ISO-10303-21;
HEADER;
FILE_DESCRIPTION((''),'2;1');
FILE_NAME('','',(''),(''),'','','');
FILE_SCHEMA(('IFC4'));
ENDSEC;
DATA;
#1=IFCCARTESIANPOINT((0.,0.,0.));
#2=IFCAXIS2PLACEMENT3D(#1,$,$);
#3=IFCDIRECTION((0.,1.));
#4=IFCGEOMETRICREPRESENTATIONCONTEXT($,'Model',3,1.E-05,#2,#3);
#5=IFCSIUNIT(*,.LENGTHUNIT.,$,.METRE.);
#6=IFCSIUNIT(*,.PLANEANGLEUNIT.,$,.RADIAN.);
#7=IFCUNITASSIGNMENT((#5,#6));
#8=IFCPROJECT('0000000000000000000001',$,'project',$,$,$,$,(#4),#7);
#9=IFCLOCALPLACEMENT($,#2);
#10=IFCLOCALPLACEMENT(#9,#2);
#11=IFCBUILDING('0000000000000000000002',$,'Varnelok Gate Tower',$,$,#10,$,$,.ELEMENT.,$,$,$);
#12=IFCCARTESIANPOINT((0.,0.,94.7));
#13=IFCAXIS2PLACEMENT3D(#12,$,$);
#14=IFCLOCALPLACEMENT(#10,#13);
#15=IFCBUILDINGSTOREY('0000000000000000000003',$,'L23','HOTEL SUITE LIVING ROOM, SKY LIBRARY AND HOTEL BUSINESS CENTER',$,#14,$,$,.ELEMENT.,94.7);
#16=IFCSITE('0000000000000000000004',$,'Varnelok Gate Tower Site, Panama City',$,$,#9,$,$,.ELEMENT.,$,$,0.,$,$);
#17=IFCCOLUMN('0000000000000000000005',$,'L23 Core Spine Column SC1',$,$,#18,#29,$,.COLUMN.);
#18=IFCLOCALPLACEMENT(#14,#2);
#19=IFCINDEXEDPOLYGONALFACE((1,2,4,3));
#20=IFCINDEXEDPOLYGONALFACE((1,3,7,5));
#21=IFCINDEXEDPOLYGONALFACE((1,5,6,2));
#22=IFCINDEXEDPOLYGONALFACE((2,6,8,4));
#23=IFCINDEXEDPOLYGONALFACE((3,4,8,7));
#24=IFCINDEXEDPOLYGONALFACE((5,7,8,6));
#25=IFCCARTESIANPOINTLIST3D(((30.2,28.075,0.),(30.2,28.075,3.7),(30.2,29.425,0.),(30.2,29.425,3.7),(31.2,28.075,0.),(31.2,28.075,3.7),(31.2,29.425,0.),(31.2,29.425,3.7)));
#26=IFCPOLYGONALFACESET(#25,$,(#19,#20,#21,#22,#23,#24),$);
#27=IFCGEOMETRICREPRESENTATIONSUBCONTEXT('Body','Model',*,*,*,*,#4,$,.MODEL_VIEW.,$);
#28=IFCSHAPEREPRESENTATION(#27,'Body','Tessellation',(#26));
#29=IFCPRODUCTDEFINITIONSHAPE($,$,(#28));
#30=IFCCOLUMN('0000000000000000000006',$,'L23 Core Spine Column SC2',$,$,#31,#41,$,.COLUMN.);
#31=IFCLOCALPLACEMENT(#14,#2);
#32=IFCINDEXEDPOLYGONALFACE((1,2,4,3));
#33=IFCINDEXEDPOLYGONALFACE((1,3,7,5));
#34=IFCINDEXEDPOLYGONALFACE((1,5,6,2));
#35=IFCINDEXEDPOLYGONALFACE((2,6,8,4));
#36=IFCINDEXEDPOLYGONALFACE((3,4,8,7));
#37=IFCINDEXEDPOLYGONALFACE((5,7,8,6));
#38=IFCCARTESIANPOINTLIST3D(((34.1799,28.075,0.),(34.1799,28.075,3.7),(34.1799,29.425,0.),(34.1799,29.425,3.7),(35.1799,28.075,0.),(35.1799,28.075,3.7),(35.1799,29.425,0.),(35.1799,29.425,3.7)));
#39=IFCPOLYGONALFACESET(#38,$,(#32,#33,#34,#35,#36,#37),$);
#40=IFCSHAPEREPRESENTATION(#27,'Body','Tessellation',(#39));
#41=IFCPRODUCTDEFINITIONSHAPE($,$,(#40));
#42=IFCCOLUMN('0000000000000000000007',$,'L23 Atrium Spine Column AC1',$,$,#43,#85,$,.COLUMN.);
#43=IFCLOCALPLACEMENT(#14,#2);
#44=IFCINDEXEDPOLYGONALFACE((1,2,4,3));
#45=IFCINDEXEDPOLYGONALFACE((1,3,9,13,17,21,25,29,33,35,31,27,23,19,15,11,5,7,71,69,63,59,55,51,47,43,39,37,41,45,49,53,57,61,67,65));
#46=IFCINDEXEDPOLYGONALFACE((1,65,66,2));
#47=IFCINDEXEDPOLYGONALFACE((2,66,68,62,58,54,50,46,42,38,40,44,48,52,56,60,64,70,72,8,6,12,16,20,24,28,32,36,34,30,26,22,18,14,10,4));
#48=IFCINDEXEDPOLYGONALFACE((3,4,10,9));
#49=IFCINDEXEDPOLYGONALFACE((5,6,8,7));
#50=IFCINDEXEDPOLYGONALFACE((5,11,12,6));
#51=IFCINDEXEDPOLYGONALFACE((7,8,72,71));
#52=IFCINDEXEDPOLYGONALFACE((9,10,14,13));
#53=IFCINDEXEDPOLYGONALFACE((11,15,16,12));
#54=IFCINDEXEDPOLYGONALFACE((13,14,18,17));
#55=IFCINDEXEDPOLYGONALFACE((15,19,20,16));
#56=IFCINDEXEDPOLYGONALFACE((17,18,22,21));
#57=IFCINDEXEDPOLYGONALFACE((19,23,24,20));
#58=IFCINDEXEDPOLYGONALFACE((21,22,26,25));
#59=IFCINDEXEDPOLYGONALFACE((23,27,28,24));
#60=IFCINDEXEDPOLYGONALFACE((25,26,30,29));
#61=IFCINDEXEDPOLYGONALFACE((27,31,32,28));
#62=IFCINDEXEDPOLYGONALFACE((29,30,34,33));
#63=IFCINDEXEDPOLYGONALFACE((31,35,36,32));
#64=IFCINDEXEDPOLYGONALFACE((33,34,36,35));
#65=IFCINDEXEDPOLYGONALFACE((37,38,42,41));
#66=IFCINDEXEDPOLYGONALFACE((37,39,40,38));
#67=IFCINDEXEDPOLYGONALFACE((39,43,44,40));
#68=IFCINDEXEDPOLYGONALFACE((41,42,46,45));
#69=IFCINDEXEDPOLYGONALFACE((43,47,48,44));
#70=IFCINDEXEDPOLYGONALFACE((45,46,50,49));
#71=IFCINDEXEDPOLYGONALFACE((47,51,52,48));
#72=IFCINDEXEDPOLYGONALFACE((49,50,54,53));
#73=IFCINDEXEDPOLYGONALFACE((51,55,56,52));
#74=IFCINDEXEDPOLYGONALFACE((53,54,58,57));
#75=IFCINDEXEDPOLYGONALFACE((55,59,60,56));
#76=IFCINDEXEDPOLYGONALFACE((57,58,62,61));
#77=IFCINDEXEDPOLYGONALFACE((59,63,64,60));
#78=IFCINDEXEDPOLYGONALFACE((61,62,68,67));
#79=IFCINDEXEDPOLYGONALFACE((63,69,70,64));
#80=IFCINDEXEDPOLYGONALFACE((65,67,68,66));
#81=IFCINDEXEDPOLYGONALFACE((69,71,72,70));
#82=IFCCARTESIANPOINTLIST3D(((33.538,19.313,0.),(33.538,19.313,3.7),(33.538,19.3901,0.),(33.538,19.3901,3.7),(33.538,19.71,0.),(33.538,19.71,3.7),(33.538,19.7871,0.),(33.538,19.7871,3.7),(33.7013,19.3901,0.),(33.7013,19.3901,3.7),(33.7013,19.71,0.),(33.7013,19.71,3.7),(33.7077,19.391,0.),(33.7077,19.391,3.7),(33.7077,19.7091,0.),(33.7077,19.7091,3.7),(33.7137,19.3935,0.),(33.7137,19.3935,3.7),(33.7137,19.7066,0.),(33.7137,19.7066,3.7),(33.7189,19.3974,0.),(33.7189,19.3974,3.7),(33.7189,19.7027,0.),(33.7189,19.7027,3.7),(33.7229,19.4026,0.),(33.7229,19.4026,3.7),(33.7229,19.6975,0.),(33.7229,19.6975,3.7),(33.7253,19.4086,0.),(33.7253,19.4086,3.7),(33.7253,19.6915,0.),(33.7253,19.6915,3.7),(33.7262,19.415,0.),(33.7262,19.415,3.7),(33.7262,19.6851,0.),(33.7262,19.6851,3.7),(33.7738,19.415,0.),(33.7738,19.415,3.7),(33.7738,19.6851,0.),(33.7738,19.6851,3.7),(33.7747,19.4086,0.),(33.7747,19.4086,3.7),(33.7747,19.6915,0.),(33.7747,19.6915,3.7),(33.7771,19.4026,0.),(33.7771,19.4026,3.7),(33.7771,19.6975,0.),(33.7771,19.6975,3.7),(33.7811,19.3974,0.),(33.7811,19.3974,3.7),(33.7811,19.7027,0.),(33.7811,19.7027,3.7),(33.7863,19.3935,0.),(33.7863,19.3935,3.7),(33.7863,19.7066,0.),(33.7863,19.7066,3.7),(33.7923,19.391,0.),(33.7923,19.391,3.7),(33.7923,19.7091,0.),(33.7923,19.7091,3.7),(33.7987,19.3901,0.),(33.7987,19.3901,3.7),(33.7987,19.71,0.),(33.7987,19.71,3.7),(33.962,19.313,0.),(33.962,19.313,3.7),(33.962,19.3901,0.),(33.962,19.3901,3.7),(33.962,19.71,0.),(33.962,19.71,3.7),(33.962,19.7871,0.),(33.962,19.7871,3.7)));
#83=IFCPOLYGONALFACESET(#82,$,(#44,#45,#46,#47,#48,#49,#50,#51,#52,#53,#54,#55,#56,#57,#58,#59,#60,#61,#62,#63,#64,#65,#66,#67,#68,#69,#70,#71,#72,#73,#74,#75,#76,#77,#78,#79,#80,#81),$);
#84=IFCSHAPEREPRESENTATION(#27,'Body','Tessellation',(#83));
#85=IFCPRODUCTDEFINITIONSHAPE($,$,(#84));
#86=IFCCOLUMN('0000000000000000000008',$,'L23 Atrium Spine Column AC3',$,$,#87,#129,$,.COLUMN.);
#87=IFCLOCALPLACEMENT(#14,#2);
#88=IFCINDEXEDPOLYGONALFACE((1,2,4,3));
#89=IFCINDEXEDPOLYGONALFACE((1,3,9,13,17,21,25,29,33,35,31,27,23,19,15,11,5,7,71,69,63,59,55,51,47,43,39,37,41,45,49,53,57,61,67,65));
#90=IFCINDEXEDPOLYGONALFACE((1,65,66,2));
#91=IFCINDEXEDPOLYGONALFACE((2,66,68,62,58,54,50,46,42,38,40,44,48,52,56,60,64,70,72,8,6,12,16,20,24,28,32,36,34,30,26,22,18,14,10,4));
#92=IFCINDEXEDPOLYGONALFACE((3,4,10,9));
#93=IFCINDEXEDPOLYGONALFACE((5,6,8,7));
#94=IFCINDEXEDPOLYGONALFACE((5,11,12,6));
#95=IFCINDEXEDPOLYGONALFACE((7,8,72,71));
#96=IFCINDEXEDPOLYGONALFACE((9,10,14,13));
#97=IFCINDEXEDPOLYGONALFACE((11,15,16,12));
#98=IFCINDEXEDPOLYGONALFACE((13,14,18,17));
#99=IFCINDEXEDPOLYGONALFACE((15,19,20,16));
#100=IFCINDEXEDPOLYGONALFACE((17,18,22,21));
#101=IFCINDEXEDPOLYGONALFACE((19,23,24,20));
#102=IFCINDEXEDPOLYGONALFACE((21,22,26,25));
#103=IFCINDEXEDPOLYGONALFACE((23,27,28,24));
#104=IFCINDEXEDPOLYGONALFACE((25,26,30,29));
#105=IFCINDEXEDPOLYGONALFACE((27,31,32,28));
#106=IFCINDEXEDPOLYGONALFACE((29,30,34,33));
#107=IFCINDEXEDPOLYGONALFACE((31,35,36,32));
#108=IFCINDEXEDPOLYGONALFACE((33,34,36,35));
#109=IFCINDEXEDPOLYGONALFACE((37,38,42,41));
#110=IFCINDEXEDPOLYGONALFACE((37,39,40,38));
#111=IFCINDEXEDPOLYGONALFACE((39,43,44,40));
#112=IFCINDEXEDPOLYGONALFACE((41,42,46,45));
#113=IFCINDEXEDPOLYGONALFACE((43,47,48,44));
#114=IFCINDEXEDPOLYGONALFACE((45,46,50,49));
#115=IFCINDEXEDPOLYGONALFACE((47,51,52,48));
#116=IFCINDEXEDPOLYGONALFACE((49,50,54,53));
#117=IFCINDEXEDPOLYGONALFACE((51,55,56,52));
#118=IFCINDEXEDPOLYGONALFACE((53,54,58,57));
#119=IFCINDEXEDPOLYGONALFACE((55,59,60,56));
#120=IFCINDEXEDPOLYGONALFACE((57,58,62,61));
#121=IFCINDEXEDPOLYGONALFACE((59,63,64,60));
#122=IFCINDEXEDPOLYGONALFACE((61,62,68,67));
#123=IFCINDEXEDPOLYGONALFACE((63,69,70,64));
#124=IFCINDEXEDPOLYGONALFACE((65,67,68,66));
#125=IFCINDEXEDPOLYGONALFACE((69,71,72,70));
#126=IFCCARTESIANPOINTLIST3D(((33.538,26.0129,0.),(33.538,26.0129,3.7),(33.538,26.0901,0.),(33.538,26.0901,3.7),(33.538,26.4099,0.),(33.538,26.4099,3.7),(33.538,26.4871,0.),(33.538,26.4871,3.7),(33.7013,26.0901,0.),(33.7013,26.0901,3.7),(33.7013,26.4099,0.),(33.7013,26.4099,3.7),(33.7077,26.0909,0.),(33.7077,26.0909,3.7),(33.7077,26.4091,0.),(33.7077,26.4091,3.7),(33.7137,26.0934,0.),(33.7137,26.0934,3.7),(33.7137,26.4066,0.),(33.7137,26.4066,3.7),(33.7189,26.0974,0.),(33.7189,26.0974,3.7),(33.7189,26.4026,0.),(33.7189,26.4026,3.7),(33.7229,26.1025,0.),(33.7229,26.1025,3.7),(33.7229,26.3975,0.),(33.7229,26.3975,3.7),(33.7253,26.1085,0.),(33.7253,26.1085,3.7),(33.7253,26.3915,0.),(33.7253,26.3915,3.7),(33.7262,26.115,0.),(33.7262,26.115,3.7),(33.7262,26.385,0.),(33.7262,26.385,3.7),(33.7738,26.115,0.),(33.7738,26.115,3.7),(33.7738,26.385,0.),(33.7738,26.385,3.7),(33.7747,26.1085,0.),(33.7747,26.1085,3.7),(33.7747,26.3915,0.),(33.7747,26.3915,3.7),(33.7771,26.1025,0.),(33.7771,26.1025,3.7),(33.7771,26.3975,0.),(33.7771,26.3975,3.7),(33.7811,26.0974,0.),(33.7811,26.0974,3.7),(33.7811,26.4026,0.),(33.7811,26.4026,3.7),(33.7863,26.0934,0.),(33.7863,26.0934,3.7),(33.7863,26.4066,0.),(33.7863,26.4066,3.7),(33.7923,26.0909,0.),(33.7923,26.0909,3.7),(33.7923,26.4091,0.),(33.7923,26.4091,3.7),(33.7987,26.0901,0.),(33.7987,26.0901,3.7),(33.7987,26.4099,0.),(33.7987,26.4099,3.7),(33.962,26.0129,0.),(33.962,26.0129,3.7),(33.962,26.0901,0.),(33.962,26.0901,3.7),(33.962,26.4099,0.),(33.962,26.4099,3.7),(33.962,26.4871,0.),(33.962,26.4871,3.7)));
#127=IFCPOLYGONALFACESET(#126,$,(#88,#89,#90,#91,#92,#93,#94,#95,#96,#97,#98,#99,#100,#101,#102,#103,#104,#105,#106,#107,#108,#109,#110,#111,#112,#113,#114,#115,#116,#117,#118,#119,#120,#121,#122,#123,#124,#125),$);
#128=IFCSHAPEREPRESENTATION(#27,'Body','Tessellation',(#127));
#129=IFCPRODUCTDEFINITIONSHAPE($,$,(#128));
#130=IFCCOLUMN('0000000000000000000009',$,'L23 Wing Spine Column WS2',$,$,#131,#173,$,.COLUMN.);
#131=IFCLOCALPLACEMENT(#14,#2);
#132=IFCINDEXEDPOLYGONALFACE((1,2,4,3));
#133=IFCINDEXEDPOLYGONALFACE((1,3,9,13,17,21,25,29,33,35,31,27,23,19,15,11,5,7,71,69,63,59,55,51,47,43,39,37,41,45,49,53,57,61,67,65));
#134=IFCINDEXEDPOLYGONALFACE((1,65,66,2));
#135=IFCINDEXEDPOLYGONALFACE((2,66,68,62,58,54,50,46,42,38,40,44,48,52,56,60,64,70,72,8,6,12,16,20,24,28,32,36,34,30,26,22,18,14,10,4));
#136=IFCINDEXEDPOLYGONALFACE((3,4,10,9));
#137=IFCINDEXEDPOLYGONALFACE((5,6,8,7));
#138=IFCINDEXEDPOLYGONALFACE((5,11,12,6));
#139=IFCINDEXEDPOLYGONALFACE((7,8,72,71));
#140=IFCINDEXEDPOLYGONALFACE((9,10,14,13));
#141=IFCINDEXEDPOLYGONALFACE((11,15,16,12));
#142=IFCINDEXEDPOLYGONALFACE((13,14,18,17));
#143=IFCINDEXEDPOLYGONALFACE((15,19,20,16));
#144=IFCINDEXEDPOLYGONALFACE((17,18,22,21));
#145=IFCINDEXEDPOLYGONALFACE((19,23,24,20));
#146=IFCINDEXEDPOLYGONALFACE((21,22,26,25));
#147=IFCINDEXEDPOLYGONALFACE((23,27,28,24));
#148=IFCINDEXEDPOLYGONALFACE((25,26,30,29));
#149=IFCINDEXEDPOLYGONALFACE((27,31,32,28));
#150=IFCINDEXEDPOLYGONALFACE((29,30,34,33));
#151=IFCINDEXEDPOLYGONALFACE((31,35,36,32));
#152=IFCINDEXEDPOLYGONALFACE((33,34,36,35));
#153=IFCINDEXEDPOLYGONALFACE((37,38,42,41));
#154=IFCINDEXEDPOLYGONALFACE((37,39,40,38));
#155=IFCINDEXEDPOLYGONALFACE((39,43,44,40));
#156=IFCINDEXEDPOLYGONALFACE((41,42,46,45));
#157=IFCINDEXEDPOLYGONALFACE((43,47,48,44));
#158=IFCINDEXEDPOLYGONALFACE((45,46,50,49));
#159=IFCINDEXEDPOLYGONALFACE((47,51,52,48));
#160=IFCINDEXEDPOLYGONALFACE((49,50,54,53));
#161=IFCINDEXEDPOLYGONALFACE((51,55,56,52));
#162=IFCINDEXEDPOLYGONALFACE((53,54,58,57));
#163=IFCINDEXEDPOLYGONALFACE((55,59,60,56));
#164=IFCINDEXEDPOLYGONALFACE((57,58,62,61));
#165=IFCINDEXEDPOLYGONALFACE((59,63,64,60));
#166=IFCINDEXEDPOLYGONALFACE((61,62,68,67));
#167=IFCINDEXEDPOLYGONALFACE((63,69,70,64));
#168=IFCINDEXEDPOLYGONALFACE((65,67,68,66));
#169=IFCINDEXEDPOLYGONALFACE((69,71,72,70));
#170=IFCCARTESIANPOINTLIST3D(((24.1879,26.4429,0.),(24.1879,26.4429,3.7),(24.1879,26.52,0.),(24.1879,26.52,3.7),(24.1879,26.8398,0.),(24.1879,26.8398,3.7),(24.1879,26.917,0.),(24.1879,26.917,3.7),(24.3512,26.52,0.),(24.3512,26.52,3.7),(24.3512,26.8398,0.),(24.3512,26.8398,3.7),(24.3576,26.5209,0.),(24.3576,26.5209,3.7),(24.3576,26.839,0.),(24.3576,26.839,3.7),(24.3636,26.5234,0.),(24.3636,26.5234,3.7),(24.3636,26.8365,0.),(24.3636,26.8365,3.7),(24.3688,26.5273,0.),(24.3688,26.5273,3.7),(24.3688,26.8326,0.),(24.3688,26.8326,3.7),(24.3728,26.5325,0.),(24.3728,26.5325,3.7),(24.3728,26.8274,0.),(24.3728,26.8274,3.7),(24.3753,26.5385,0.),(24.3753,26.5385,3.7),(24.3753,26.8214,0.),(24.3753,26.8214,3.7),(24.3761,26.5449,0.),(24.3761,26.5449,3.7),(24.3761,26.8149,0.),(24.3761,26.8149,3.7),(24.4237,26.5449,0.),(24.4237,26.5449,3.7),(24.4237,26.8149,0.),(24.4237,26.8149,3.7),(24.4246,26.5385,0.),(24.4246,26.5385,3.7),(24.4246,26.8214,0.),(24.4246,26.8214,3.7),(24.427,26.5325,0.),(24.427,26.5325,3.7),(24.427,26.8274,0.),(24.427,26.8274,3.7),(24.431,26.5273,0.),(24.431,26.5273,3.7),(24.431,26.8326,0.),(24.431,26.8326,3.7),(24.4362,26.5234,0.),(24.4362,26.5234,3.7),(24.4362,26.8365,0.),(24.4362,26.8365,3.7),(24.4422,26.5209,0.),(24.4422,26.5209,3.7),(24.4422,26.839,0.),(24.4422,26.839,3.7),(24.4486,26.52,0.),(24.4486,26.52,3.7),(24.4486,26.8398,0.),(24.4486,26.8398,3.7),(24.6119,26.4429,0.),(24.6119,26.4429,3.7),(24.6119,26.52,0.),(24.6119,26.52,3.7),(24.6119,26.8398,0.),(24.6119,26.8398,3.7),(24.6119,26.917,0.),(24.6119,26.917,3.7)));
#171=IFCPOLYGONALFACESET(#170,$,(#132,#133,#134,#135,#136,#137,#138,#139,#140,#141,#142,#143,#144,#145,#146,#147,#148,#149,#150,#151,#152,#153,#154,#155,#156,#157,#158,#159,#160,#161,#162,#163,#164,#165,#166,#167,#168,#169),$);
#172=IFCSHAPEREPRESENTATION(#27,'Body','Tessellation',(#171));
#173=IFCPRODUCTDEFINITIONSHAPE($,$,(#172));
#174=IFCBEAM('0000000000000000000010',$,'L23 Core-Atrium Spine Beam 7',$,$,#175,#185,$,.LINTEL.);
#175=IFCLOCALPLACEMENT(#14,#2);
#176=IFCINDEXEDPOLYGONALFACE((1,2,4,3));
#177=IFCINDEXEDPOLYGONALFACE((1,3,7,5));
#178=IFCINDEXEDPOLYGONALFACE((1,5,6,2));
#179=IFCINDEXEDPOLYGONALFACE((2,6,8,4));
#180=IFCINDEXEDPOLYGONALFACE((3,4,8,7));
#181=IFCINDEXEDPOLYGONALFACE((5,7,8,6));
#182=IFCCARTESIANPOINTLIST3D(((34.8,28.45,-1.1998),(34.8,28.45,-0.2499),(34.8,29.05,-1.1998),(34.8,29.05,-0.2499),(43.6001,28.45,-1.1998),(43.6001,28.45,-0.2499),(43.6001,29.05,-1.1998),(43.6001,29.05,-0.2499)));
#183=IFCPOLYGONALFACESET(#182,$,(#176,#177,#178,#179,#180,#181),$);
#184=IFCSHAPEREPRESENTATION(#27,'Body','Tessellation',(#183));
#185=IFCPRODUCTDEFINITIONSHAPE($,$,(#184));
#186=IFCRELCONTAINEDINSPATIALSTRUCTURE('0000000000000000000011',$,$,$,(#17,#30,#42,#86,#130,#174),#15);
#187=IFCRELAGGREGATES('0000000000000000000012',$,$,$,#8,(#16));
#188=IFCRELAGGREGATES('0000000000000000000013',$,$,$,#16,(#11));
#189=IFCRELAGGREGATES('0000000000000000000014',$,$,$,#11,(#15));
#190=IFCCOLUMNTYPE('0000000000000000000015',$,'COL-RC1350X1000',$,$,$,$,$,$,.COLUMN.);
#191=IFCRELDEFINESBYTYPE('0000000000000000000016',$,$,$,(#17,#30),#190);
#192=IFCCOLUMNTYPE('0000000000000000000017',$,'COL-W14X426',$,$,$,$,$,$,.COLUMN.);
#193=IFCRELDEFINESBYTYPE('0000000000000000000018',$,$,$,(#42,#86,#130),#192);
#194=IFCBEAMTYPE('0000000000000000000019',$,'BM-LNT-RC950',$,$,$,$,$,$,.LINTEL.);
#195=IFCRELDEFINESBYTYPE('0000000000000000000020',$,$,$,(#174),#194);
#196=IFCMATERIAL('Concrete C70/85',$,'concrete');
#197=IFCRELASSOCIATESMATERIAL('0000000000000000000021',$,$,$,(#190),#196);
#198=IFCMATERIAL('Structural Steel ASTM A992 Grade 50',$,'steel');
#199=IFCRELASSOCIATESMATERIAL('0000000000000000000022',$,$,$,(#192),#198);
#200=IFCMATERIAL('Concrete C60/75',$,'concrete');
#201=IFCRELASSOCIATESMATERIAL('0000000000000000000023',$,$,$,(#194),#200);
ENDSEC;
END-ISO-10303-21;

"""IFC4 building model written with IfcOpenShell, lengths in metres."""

from ifc_helpers import new_model, si_unit, direction, frame, origin, origin_2d, place, context, subcontext, project, spatial, rectangle, i_section, extrude, material, material_profile, profile_set, type_object, element, save


model = new_model("IFC4")

# Units and contexts
model_context = context("Model", 3, precision=1e-05, world=origin(), true_north=direction((0.0, 1.0)))
body_context = subcontext(model_context, "Body", "Model", "MODEL_VIEW")
ifc_project = project(units=[si_unit("LENGTHUNIT", "METRE"), si_unit("PLANEANGLEUNIT", "RADIAN")], contexts=[model_context])

# Site, building, storey
site_placement = place(None, origin())
site = spatial("IfcSite", under=ifc_project, at=site_placement, Name="Varnelok Gate Tower Site, Panama City", CompositionType="ELEMENT", RefElevation=0.0)
building_placement = place(site_placement, origin())
building = spatial("IfcBuilding", under=site, at=building_placement, Name="Varnelok Gate Tower", CompositionType="ELEMENT")
storey_placement = place(building_placement, frame((0.0, 0.0, 94.7)))
storey = spatial("IfcBuildingStorey", under=building, at=storey_placement, Name="L23", Description="HOTEL SUITE LIVING ROOM, SKY LIBRARY AND HOTEL BUSINESS CENTER", CompositionType="ELEMENT", Elevation=94.7)

# Columns
ifc_material_1 = material(Name="Concrete C70/85", Category="concrete")
ifc_material_profile_1 = material_profile(ifc_material_1, rectangle(XDim=1.0, YDim=1.3501, at=origin_2d()), Name="RC1350X1000")
ifc_profile_set_1 = profile_set([ifc_material_profile_1], Name="Concrete C70/85")
column_type_1 = type_object("IfcColumnType", Name="COL-RC1350X1000", PredefinedType="COLUMN", material=ifc_profile_set_1)
for number, where, z_axis, x_axis, name in (
    (1, (30.7, 28.75, 0.0), (0.0, 0.0, 1.0), (1.0, 0.0, 0.0), "L23 Core Spine Column SC1"),
    (2, (34.6799, 28.75, 0.0), (0.0, 0.0, 1.0), (1.0, 0.0, 0.0), "L23 Core Spine Column SC2"),
):
    element("IfcColumn", number, at=place(storey_placement, frame(where, z_axis=z_axis, x_axis=x_axis)), inside=storey, type_object=column_type_1, Name=name, PredefinedType="COLUMN", context=body_context, shape_type="SweptSolid", body=[
        extrude(rectangle(XDim=1.0, YDim=1.3501, at=origin_2d()), origin(), (0.0, 0.0, 1.0), 3.7),
    ])
ifc_material_2 = material(Name="Structural Steel ASTM A992 Grade 50", Category="steel")
ifc_material_profile_2 = material_profile(ifc_material_2, i_section(OverallWidth=0.4241, OverallDepth=0.4741, WebThickness=0.0476, FlangeThickness=0.0771, FilletRadius=0.0249, at=origin_2d()), Name="W14X426")
ifc_profile_set_2 = profile_set([ifc_material_profile_2], Name="Structural Steel ASTM A992 Grade 50")
column_type_2 = type_object("IfcColumnType", Name="COL-W14X426", PredefinedType="COLUMN", material=ifc_profile_set_2)
for number, where, z_axis, x_axis, name in (
    (3, (33.75, 19.55, 0.0), (0.0, 0.0, 1.0), (1.0, 0.0, 0.0), "L23 Atrium Spine Column AC1"),
    (4, (33.75, 26.25, 0.0), (0.0, 0.0, 1.0), (1.0, 0.0, 0.0), "L23 Atrium Spine Column AC3"),
    (5, (24.3999, 26.6799, 0.0), (0.0, 0.0, 1.0), (1.0, 0.0, 0.0), "L23 Wing Spine Column WS2"),
):
    element("IfcColumn", number, at=place(storey_placement, frame(where, z_axis=z_axis, x_axis=x_axis)), inside=storey, type_object=column_type_2, Name=name, PredefinedType="COLUMN", context=body_context, shape_type="SweptSolid", body=[
        extrude(i_section(OverallWidth=0.4241, OverallDepth=0.4741, WebThickness=0.0476, FlangeThickness=0.0771, FilletRadius=0.0249, at=origin_2d()), origin(), (0.0, 0.0, 1.0), 3.7),
    ])

# Beam
ifc_material_3 = material(Name="Concrete C60/75", Category="concrete")
ifc_material_profile_3 = material_profile(ifc_material_3, rectangle(XDim=0.6001, YDim=0.95, at=origin_2d()), Name="RC950X600")
ifc_profile_set_3 = profile_set([ifc_material_profile_3], Name="Concrete C60/75")
beam_type_1 = type_object("IfcBeamType", Name="BM-LNT-RC950", PredefinedType="LINTEL", material=ifc_profile_set_3)
beam_1_placement = place(storey_placement, frame((34.8, 28.75, -0.7249), z_axis=(1.0, 0.0, 0.0), x_axis=(0.0, 1.0, 0.0)))
element("IfcBeam", 6, at=beam_1_placement, inside=storey, type_object=beam_type_1, Name="L23 Core-Atrium Spine Beam 7", PredefinedType="LINTEL", context=body_context, shape_type="SweptSolid", body=[
    extrude(rectangle(XDim=0.6001, YDim=0.95, at=origin_2d()), origin(), (0.0, 0.0, 1.0), 8.8),
])

save(model, "model.ifc")
